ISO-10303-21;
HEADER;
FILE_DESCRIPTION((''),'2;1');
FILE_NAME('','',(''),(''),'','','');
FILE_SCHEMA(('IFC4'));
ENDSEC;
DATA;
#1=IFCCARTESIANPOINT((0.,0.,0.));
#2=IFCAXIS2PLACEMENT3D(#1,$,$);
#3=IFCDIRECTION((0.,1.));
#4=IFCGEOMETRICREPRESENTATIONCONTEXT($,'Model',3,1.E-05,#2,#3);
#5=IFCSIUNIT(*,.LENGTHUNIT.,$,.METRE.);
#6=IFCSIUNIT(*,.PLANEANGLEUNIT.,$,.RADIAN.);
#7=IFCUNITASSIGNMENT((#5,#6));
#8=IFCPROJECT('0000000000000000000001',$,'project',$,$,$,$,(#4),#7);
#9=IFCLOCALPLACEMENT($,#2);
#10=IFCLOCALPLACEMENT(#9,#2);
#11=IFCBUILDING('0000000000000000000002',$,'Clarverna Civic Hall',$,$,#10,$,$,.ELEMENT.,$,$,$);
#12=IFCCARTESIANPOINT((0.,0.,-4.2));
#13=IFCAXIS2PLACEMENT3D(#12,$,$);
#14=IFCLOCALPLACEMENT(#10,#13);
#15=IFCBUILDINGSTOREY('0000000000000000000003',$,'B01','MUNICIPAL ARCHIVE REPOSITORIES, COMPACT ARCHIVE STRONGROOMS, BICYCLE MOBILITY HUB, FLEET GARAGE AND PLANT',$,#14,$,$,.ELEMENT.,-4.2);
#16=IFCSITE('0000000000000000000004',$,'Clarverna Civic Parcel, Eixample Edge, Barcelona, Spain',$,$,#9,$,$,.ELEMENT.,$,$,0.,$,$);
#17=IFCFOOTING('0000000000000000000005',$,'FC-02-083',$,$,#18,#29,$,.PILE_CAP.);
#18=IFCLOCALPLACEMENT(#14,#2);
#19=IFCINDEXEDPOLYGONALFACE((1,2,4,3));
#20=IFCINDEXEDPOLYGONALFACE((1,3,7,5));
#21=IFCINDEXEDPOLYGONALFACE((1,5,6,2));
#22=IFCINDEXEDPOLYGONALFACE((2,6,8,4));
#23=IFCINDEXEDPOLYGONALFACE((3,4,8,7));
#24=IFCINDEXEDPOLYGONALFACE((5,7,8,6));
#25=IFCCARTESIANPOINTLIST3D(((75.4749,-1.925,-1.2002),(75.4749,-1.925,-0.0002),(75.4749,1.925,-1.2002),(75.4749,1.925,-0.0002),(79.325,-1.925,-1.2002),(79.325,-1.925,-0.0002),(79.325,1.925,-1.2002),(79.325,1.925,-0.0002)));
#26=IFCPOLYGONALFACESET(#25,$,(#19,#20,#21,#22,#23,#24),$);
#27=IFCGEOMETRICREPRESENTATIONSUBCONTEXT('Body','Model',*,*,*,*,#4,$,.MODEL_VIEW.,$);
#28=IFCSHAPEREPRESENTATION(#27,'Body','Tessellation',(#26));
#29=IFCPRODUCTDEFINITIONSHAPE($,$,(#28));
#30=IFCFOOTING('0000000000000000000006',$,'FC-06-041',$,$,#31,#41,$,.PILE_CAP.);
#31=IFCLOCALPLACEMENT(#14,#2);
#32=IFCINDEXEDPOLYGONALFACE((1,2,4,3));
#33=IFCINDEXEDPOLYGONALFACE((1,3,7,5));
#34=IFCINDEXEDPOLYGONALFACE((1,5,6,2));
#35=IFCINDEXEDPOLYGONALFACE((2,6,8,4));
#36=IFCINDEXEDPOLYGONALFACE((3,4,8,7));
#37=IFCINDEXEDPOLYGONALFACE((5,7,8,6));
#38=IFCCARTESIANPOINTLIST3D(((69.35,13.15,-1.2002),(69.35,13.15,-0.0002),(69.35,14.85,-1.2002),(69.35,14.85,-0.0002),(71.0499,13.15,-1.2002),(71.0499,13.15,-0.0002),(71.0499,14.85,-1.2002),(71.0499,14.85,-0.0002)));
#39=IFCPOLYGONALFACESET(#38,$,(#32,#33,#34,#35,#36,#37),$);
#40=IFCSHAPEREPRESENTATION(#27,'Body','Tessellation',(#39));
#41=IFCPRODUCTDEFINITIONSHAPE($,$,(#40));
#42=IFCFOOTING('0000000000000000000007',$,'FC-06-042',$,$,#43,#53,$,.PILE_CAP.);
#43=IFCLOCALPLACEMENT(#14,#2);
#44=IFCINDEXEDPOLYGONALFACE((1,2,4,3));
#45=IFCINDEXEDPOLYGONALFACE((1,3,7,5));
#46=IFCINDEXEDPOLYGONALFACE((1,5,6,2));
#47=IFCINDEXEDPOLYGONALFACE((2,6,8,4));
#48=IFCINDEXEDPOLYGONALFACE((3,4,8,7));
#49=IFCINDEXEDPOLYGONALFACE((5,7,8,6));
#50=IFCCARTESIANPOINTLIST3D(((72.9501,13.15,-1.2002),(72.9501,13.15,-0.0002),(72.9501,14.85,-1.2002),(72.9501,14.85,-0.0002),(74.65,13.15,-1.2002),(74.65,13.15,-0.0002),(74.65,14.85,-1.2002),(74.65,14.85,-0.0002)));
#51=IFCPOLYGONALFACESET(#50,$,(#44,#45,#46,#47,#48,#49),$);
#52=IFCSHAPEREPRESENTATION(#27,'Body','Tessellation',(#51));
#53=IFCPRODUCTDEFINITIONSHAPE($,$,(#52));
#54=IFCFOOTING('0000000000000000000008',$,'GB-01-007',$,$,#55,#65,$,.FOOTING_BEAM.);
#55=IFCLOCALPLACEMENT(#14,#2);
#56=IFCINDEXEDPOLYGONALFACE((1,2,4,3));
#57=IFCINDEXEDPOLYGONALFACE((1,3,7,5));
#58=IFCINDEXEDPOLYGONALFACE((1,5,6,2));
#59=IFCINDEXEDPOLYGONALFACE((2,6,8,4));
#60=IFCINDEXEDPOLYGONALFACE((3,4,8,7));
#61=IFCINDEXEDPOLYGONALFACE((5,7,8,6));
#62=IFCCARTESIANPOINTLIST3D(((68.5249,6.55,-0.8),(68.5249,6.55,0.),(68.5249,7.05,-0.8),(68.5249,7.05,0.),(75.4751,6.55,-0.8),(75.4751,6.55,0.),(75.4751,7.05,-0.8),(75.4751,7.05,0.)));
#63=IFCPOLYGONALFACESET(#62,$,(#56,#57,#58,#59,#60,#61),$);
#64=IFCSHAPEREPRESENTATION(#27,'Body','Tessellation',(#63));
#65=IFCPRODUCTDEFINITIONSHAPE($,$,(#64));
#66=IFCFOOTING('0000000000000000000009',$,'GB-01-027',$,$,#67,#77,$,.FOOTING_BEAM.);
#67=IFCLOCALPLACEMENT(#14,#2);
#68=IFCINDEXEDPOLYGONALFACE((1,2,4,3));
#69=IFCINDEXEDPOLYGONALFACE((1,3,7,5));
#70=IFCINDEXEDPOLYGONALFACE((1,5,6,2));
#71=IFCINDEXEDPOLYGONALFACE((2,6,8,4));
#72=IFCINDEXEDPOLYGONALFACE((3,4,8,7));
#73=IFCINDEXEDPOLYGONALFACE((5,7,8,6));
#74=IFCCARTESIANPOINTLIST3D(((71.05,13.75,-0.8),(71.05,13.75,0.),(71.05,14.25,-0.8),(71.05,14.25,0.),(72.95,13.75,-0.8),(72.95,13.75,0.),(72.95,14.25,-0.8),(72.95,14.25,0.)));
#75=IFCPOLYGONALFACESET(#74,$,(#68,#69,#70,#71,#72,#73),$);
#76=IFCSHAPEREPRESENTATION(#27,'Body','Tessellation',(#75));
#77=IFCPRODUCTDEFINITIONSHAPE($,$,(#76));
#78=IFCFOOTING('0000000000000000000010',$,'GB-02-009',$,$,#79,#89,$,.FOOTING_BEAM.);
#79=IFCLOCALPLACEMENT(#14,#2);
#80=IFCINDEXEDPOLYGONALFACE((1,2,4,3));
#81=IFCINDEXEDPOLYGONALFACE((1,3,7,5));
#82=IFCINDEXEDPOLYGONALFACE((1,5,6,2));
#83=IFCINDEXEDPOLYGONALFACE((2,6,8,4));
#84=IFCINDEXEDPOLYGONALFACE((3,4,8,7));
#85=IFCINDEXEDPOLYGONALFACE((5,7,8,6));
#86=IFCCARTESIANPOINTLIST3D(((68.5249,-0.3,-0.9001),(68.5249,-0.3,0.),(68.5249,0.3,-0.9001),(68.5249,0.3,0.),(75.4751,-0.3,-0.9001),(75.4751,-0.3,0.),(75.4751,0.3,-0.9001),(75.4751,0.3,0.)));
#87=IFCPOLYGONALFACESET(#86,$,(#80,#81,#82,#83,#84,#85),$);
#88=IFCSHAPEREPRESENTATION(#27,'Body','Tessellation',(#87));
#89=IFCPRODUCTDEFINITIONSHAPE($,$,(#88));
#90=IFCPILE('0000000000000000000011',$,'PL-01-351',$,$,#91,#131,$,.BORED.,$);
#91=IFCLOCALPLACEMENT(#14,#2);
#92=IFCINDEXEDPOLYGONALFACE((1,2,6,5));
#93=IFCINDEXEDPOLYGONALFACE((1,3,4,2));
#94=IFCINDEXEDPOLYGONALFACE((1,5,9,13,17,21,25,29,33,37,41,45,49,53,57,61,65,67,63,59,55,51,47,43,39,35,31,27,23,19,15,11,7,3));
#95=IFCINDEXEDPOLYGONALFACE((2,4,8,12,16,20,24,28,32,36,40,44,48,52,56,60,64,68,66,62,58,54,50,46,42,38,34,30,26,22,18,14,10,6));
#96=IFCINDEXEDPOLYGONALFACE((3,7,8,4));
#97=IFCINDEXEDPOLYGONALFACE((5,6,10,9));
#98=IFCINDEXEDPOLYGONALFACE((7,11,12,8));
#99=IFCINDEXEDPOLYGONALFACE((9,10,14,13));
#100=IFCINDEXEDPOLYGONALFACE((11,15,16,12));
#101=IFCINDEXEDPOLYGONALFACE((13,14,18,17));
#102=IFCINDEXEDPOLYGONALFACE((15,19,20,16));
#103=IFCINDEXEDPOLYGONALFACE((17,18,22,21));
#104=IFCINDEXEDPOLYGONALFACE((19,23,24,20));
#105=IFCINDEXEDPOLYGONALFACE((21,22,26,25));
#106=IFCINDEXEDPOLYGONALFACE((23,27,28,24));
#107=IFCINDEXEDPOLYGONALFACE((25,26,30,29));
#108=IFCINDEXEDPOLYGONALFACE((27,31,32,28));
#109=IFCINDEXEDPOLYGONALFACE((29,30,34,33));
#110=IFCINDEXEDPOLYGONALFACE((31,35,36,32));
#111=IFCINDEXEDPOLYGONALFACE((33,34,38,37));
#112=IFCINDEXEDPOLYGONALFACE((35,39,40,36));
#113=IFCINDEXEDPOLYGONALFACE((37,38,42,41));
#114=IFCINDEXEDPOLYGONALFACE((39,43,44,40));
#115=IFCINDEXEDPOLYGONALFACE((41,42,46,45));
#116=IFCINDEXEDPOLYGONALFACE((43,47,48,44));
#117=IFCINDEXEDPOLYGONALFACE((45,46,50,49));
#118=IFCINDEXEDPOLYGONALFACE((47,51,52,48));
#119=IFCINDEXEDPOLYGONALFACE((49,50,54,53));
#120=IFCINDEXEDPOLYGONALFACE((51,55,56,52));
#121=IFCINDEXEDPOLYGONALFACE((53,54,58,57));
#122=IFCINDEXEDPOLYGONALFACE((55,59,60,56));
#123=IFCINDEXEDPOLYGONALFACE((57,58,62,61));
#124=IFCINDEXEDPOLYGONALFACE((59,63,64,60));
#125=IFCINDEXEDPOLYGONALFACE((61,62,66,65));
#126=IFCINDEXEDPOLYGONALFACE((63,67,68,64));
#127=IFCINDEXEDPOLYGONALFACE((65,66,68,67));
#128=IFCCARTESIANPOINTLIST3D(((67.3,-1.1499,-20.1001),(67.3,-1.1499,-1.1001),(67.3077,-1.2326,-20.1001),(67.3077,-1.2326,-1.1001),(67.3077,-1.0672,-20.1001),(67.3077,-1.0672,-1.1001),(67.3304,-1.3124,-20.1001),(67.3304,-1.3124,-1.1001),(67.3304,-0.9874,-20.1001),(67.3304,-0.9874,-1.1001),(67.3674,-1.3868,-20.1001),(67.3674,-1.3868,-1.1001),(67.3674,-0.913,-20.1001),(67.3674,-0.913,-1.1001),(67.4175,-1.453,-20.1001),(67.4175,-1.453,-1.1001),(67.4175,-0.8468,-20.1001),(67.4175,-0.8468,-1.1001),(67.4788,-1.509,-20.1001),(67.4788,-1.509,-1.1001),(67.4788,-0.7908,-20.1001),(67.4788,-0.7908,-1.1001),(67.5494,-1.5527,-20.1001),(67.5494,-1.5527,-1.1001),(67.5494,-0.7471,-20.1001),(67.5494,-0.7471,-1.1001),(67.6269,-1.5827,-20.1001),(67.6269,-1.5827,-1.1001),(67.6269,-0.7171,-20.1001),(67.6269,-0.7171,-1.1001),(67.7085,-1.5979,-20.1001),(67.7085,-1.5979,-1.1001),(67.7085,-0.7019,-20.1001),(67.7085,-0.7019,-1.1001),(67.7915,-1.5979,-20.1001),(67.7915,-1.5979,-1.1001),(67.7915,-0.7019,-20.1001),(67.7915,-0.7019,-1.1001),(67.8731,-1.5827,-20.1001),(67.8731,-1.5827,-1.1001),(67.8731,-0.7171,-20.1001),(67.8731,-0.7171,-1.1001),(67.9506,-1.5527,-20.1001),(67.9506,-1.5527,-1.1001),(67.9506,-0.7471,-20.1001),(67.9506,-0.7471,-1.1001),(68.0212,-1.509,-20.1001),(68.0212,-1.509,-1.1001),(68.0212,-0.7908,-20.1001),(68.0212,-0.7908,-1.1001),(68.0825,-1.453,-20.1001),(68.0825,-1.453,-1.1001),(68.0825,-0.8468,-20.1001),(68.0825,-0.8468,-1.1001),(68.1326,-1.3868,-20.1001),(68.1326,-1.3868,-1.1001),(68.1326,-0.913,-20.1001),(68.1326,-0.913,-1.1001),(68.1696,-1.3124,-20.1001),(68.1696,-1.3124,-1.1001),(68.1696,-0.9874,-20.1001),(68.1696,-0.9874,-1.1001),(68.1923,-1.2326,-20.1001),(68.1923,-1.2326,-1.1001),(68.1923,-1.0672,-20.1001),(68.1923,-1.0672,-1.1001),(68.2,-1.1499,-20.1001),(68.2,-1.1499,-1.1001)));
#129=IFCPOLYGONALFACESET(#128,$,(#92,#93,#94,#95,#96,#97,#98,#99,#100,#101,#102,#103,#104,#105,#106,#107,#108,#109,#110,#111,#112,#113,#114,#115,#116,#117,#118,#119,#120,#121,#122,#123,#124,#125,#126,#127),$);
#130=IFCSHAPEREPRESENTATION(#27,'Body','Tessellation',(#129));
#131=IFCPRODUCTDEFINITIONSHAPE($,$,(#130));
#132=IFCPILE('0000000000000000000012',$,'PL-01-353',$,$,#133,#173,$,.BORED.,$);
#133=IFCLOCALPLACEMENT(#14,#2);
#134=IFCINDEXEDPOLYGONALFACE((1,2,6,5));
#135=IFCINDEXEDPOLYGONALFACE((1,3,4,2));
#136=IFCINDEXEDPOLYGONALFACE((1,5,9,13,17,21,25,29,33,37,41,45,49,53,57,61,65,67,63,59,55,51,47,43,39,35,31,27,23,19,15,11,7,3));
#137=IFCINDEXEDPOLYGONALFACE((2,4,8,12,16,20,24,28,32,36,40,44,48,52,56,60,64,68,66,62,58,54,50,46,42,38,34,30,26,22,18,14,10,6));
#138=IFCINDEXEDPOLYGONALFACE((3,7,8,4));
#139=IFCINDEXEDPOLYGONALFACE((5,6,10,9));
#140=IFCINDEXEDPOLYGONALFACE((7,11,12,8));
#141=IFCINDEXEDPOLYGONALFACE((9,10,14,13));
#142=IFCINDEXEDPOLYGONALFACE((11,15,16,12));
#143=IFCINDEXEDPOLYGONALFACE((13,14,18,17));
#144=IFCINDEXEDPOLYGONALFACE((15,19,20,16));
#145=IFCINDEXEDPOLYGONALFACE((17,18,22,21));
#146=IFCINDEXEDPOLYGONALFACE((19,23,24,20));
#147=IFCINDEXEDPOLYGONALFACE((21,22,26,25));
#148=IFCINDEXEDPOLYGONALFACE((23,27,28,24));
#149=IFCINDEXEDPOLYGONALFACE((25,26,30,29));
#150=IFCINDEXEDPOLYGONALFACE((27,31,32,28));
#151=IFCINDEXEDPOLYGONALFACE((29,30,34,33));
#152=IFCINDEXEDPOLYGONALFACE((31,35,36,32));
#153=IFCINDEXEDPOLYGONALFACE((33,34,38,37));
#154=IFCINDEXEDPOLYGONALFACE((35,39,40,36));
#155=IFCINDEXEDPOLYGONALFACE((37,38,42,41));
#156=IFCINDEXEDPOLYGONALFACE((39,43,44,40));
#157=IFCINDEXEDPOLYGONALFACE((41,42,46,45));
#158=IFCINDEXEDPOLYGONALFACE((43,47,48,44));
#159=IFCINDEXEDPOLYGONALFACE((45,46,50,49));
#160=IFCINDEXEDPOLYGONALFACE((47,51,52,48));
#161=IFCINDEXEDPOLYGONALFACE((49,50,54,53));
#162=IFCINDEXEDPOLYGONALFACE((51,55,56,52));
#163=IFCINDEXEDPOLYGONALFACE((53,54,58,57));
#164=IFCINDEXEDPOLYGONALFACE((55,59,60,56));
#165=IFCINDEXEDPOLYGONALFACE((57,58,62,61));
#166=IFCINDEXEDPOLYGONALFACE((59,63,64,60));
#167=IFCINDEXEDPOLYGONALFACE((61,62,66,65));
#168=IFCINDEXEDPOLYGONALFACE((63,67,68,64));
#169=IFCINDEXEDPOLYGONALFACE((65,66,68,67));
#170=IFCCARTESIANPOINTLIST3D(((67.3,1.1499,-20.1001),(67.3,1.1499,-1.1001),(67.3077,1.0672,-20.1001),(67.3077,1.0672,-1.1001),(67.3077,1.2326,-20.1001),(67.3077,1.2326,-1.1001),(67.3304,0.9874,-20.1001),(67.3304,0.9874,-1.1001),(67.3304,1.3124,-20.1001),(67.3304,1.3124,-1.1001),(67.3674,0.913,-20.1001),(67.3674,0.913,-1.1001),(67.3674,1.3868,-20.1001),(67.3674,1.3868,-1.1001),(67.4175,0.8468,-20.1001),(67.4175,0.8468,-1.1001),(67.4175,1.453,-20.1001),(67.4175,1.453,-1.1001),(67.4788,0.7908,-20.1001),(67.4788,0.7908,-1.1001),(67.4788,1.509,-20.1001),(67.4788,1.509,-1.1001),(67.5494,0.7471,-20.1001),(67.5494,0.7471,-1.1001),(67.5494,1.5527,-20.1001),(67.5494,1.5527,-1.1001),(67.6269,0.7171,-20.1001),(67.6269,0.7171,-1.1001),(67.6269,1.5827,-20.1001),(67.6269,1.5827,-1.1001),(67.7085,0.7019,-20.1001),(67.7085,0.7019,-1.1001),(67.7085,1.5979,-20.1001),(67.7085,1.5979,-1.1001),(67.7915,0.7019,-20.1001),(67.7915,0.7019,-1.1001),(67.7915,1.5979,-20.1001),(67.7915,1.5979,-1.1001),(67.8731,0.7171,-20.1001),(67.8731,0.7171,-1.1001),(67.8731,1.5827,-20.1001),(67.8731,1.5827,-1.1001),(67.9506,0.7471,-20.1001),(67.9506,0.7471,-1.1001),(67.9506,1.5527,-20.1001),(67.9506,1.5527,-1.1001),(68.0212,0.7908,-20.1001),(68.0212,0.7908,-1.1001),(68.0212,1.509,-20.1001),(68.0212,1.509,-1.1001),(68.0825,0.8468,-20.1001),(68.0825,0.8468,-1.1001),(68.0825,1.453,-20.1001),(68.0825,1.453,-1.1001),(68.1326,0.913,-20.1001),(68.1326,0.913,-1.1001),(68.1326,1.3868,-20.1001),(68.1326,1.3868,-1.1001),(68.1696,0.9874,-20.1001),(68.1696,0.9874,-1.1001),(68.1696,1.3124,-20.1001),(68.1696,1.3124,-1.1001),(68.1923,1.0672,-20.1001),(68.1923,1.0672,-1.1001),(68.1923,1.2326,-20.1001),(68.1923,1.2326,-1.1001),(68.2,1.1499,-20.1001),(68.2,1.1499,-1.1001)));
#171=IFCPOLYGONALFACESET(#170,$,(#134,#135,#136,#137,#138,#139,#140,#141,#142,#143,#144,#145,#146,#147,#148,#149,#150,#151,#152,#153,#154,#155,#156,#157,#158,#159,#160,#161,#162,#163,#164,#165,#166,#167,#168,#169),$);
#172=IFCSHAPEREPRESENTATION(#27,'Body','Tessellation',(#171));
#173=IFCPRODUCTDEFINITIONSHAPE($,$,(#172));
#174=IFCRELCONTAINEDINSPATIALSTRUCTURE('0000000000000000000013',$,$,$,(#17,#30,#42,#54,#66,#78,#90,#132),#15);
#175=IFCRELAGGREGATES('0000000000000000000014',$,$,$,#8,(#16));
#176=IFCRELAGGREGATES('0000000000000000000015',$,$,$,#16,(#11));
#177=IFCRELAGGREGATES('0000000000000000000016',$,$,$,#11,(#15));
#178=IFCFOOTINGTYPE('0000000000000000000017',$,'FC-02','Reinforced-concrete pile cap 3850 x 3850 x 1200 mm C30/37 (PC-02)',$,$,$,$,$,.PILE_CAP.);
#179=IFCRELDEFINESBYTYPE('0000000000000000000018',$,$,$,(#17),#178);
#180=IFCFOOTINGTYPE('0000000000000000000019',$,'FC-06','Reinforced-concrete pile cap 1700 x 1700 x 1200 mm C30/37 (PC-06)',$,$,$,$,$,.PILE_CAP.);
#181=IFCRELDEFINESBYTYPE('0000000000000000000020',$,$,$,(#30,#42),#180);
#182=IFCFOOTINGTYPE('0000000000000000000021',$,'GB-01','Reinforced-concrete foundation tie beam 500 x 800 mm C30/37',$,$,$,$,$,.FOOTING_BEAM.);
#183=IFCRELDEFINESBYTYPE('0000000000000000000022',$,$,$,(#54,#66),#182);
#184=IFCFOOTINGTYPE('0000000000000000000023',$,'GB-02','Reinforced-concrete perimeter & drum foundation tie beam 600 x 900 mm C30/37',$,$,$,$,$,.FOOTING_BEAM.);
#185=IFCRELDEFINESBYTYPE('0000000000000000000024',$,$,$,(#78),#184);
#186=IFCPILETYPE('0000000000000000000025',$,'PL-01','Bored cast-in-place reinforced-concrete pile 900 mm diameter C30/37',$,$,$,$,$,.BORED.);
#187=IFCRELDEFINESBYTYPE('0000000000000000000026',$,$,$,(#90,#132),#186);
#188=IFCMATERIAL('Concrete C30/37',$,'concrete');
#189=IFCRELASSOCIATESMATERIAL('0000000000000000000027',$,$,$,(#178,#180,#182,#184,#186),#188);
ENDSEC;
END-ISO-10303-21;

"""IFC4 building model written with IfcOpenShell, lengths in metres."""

from ifc_helpers import new_model, si_unit, direction, frame, frame_2d, origin, origin_2d, place, context, subcontext, project, spatial, rectangle, circle, extrude, material, material_profile, profile_set, type_object, element, save


model = new_model("IFC4")

# Units and contexts
model_context = context("Model", 3, precision=1e-05, world=origin(), true_north=direction((0.0, 1.0)))
body_context = subcontext(model_context, "Body", "Model", "MODEL_VIEW")
ifc_project = project(units=[si_unit("LENGTHUNIT", "METRE"), si_unit("PLANEANGLEUNIT", "RADIAN")], contexts=[model_context])

# Site, building, storey
site_placement = place(None, origin())
site = spatial("IfcSite", under=ifc_project, at=site_placement, Name="Clarverna Civic Parcel, Eixample Edge, Barcelona, Spain", CompositionType="ELEMENT", RefElevation=0.0)
building_placement = place(site_placement, origin())
building = spatial("IfcBuilding", under=site, at=building_placement, Name="Clarverna Civic Hall", CompositionType="ELEMENT")
storey_placement = place(building_placement, frame((0.0, 0.0, -4.2)))
storey = spatial("IfcBuildingStorey", under=building, at=storey_placement, Name="B01", Description="MUNICIPAL ARCHIVE REPOSITORIES, COMPACT ARCHIVE STRONGROOMS, BICYCLE MOBILITY HUB, FLEET GARAGE AND PLANT", CompositionType="ELEMENT", Elevation=-4.2)

# Footings
ifc_material_1 = material(Name="Concrete C30/37", Category="concrete")
footing_type_1 = type_object("IfcFootingType", Name="FC-02", Description="Reinforced-concrete pile cap 3850 x 3850 x 1200 mm C30/37 (PC-02)", PredefinedType="PILE_CAP", material=ifc_material_1)
footing_1_placement = place(storey_placement, frame((77.3999, 0.0, -1.2002), z_axis=(0.0, 0.0, 1.0), x_axis=(1.0, 0.0, 0.0)))
element("IfcFooting", 1, at=footing_1_placement, inside=storey, type_object=footing_type_1, Name="FC-02-083", PredefinedType="PILE_CAP", context=body_context, shape_type="SweptSolid", body=[
    extrude(rectangle(XDim=3.8501, YDim=3.8501, at=origin_2d()), origin(), (0.0, 0.0, 1.0), 1.2),
])
footing_type_2 = type_object("IfcFootingType", Name="FC-06", Description="Reinforced-concrete pile cap 1700 x 1700 x 1200 mm C30/37 (PC-06)", PredefinedType="PILE_CAP", material=ifc_material_1)
for number, where, z_axis, x_axis, name in (
    (2, (70.2, 14.0, -1.2002), (0.0, 0.0, 1.0), (1.0, 0.0, 0.0), "FC-06-041"),
    (3, (73.8, 14.0, -1.2002), (0.0, 0.0, 1.0), (1.0, 0.0, 0.0), "FC-06-042"),
):
    element("IfcFooting", number, at=place(storey_placement, frame(where, z_axis=z_axis, x_axis=x_axis)), inside=storey, type_object=footing_type_2, Name=name, PredefinedType="PILE_CAP", context=body_context, shape_type="SweptSolid", body=[
        extrude(rectangle(XDim=1.7, YDim=1.7, at=origin_2d()), origin(), (0.0, 0.0, 1.0), 1.2),
    ])
footing_type_3 = type_object("IfcFootingType", Name="GB-01", Description="Reinforced-concrete foundation tie beam 500 x 800 mm C30/37", PredefinedType="FOOTING_BEAM", material=ifc_material_1)
footing_2_placement = place(storey_placement, frame((68.5249, 6.8, -0.8), z_axis=(0.0, 0.0, 1.0), x_axis=(1.0, 0.0, 0.0)))
element("IfcFooting", 4, at=footing_2_placement, inside=storey, type_object=footing_type_3, Name="GB-01-007", PredefinedType="FOOTING_BEAM", context=body_context, shape_type="SweptSolid", body=[
    extrude(rectangle(XDim=6.9502, YDim=0.5, at=frame_2d((3.4751, 0.0))), origin(), (0.0, 0.0, 1.0), 0.8),
])
footing_3_placement = place(storey_placement, frame((71.05, 14.0, -0.8), z_axis=(0.0, 0.0, 1.0), x_axis=(1.0, 0.0, 0.0)))
element("IfcFooting", 5, at=footing_3_placement, inside=storey, type_object=footing_type_3, Name="GB-01-027", PredefinedType="FOOTING_BEAM", context=body_context, shape_type="SweptSolid", body=[
    extrude(rectangle(XDim=1.8999, YDim=0.5, at=frame_2d((0.95, 0.0))), origin(), (0.0, 0.0, 1.0), 0.8),
])
footing_type_4 = type_object("IfcFootingType", Name="GB-02", Description="Reinforced-concrete perimeter & drum foundation tie beam 600 x 900 mm C30/37", PredefinedType="FOOTING_BEAM", material=ifc_material_1)
footing_4_placement = place(storey_placement, frame((68.5249, 0.0, -0.9001), z_axis=(0.0, 0.0, 1.0), x_axis=(1.0, 0.0, 0.0)))
element("IfcFooting", 6, at=footing_4_placement, inside=storey, type_object=footing_type_4, Name="GB-02-009", PredefinedType="FOOTING_BEAM", context=body_context, shape_type="SweptSolid", body=[
    extrude(rectangle(XDim=6.9502, YDim=0.6001, at=frame_2d((3.4751, 0.0))), origin(), (0.0, 0.0, 1.0), 0.9001),
])

# Piles
ifc_material_profile_1 = material_profile(ifc_material_1, circle(Radius=0.45, at=origin_2d()), Name="BORED PILE D900")
ifc_profile_set_1 = profile_set([ifc_material_profile_1], Name="Concrete C30/37")
pile_type = type_object("IfcPileType", Name="PL-01", Description="Bored cast-in-place reinforced-concrete pile 900 mm diameter C30/37", PredefinedType="BORED", material=ifc_profile_set_1)
for number, where, z_axis, x_axis, name in (
    (7, (67.75, -1.1499, -1.1001), (0.0, 0.0, -1.0), (1.0, 0.0, 0.0), "PL-01-351"),
    (8, (67.75, 1.1499, -1.1001), (0.0, 0.0, -1.0), (1.0, 0.0, 0.0), "PL-01-353"),
):
    element("IfcPile", number, at=place(storey_placement, frame(where, z_axis=z_axis, x_axis=x_axis)), inside=storey, type_object=pile_type, Name=name, PredefinedType="BORED", context=body_context, shape_type="SweptSolid", body=[
        extrude(circle(Radius=0.45, at=origin_2d()), origin(), (0.0, 0.0, 1.0), 19.0),
    ])

save(model, "model.ifc")
